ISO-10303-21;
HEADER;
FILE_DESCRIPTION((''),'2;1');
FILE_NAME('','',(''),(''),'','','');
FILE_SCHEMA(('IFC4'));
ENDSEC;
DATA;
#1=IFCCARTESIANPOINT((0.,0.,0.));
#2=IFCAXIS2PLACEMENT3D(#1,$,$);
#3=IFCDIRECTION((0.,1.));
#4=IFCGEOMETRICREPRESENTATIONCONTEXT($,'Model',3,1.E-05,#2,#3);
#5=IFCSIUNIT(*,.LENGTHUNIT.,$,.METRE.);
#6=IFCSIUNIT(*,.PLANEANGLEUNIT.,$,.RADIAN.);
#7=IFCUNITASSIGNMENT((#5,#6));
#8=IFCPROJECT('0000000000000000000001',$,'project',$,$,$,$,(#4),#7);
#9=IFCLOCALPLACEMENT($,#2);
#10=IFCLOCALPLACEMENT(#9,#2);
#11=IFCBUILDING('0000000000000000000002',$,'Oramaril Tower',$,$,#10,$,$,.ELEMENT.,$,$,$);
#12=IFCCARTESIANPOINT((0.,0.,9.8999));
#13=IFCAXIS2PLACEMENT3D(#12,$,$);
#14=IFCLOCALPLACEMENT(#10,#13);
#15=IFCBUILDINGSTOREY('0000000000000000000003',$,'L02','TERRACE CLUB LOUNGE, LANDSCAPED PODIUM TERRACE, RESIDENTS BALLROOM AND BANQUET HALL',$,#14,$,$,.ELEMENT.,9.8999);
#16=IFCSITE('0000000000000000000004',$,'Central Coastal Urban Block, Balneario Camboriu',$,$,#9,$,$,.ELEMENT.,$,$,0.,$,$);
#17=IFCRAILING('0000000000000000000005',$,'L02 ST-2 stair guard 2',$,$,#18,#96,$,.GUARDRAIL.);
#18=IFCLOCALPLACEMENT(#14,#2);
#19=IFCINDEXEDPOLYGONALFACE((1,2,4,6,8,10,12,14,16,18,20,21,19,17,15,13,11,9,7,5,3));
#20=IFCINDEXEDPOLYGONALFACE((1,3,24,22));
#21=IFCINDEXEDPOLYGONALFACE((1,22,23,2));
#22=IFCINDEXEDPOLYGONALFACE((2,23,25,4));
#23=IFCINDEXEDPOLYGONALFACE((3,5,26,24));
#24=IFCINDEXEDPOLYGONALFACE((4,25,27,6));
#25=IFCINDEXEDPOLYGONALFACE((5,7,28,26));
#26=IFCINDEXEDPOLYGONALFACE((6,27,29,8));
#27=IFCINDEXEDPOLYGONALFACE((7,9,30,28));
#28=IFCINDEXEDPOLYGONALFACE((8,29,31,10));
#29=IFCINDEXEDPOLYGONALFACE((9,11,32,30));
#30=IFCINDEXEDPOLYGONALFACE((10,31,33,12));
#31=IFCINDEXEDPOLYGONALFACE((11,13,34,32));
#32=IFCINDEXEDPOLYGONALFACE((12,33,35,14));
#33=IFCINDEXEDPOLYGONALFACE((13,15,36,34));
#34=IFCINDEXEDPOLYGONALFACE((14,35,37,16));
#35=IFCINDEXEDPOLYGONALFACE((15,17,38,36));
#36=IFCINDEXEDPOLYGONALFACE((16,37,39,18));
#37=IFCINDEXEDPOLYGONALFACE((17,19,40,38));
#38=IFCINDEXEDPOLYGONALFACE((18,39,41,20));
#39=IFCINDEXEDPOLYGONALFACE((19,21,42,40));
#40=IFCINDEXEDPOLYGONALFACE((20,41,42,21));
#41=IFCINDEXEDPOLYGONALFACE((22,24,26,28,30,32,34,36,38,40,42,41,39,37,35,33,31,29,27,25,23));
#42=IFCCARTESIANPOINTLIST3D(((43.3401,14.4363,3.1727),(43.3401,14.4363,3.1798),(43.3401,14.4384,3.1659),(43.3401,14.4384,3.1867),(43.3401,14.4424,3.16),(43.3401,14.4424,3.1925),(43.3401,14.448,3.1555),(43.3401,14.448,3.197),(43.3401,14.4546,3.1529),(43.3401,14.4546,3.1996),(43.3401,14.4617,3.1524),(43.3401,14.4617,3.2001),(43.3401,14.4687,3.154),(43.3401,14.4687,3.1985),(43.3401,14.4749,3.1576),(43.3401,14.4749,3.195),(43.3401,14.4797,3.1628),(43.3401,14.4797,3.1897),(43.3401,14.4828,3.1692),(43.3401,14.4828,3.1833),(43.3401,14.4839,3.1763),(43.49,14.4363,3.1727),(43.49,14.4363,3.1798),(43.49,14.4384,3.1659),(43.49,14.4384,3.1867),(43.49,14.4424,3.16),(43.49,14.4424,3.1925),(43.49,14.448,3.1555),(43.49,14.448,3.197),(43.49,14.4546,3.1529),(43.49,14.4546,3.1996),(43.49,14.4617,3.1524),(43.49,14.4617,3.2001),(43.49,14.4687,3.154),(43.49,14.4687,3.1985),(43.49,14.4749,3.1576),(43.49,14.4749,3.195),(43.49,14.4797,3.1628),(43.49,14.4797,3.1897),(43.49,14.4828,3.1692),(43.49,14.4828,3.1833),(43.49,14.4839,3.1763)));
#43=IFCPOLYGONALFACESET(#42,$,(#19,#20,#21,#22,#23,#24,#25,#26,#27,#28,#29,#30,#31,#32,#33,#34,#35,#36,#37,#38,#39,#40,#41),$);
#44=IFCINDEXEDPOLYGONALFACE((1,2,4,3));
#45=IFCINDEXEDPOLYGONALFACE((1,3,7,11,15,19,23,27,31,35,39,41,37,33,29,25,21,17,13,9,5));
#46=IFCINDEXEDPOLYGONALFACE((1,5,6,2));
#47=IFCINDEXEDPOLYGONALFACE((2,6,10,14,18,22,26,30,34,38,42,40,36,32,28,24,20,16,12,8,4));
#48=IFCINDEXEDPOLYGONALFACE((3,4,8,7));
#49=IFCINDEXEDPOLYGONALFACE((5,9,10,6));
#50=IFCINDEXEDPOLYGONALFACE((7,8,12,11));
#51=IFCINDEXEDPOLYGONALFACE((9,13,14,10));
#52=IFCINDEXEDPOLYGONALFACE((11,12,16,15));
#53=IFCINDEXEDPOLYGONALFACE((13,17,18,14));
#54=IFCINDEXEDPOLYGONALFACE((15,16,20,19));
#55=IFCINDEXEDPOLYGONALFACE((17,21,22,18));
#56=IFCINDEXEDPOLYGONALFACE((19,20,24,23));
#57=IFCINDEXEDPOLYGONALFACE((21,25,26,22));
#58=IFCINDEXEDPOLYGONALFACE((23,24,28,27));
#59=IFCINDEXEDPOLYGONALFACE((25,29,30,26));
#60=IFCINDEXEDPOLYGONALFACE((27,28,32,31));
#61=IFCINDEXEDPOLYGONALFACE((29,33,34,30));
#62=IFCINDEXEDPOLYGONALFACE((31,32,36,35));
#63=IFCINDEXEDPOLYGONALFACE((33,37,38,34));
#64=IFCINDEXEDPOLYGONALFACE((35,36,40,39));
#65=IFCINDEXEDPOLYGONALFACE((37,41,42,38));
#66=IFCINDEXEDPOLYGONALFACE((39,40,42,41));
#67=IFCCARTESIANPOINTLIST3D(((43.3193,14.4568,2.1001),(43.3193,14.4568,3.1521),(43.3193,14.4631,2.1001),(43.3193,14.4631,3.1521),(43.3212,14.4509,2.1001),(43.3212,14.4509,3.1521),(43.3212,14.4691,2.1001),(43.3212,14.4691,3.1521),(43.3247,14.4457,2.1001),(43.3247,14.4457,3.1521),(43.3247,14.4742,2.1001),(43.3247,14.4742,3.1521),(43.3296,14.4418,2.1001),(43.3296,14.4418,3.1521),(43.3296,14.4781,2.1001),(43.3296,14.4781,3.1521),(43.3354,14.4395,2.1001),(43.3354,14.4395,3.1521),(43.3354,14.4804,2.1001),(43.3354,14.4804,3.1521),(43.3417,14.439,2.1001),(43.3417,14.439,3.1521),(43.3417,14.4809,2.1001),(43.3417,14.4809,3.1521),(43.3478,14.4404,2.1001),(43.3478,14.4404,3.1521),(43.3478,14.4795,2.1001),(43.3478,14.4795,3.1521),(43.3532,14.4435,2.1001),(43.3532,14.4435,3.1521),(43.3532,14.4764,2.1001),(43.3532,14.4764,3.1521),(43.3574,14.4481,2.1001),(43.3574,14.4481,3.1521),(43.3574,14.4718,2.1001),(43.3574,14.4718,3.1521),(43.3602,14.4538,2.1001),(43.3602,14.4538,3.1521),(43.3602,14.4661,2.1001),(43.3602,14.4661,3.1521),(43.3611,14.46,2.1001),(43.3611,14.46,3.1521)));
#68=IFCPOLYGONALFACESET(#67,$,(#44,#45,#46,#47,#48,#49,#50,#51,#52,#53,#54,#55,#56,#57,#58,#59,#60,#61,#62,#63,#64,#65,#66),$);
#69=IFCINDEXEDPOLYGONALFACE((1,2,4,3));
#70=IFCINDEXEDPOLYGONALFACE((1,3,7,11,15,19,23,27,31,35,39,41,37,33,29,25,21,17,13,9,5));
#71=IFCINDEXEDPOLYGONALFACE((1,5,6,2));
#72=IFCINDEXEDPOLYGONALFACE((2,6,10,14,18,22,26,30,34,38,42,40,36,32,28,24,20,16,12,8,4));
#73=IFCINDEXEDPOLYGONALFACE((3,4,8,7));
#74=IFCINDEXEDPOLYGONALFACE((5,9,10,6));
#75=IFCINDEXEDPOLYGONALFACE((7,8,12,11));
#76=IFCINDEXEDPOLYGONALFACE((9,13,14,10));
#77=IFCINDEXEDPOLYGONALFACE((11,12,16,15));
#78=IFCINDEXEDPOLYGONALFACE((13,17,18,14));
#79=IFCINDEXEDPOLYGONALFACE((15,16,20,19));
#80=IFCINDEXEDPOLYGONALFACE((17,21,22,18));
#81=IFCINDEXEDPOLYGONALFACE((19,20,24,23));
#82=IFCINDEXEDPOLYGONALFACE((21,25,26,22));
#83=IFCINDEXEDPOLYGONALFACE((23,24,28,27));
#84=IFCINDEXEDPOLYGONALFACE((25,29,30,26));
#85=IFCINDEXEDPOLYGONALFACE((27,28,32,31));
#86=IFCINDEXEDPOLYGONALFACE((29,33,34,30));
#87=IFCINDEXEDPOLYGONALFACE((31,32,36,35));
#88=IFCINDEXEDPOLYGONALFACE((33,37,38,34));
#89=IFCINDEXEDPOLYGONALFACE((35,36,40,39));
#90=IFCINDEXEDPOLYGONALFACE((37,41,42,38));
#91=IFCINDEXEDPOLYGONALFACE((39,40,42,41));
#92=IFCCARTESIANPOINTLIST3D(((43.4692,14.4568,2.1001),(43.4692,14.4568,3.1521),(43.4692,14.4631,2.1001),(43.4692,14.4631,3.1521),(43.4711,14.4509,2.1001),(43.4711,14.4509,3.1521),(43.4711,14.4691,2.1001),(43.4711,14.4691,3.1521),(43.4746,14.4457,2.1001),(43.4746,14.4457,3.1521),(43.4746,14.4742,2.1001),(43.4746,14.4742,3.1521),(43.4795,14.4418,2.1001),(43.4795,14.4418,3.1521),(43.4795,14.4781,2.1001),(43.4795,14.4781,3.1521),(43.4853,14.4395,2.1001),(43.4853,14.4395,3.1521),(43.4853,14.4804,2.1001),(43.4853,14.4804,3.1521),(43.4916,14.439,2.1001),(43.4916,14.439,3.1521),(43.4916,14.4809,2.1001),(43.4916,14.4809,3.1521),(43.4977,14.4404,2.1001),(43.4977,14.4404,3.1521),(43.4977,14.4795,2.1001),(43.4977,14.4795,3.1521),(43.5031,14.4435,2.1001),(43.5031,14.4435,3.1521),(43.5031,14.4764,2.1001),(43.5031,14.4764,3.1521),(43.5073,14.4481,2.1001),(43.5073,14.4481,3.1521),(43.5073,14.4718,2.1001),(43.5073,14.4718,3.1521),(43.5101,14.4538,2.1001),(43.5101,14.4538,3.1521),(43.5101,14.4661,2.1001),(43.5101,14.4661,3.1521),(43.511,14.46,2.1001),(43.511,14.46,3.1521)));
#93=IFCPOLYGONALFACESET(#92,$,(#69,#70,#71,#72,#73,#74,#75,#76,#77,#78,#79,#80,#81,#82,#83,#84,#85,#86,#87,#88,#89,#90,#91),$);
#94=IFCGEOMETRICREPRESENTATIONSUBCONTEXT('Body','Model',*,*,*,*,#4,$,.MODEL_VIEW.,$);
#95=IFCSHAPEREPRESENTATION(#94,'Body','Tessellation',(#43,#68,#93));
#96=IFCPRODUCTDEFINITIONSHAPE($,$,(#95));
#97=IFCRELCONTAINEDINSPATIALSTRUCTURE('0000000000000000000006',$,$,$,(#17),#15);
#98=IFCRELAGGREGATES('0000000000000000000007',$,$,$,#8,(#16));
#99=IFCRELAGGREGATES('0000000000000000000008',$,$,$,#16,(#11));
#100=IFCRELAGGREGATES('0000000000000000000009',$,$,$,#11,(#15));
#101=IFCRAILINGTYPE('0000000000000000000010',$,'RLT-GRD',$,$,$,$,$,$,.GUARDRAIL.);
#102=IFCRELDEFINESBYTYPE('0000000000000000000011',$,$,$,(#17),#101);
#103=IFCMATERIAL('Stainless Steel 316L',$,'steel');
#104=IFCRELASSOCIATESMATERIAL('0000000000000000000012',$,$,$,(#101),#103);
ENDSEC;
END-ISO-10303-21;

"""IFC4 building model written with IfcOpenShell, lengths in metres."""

from ifc_helpers import new_model, si_unit, direction, frame, origin, origin_2d, place, context, subcontext, project, spatial, circle, extrude, material, type_object, element, save


model = new_model("IFC4")

# Units and contexts
model_context = context("Model", 3, precision=1e-05, world=origin(), true_north=direction((0.0, 1.0)))
body_context = subcontext(model_context, "Body", "Model", "MODEL_VIEW")
ifc_project = project(units=[si_unit("LENGTHUNIT", "METRE"), si_unit("PLANEANGLEUNIT", "RADIAN")], contexts=[model_context])

# Site, building, storey
site_placement = place(None, origin())
site = spatial("IfcSite", under=ifc_project, at=site_placement, Name="Central Coastal Urban Block, Balneario Camboriu", CompositionType="ELEMENT", RefElevation=0.0)
building_placement = place(site_placement, origin())
building = spatial("IfcBuilding", under=site, at=building_placement, Name="Oramaril Tower", CompositionType="ELEMENT")
storey_placement = place(building_placement, frame((0.0, 0.0, 9.8999)))
storey = spatial("IfcBuildingStorey", under=building, at=storey_placement, Name="L02", Description="TERRACE CLUB LOUNGE, LANDSCAPED PODIUM TERRACE, RESIDENTS BALLROOM AND BANQUET HALL", CompositionType="ELEMENT", Elevation=9.8999)

# Railing
ifc_material_1 = material(Name="Stainless Steel 316L", Category="steel")
railing_type_1 = type_object("IfcRailingType", Name="RLT-GRD", PredefinedType="GUARDRAIL", material=ifc_material_1)
railing_1_placement = place(storey_placement, frame((43.3401, 14.46, 2.1001)))
element("IfcRailing", 1, at=railing_1_placement, inside=storey, type_object=railing_type_1, Name="L02 ST-2 stair guard 2", PredefinedType="GUARDRAIL", context=body_context, shape_type="SweptSolid", body=[
    extrude(circle(Radius=0.0239, at=origin_2d()), frame((0.0, 0.0, 1.0762), z_axis=(1.0, 0.0, 0.0), x_axis=(0.0, 1.0, 0.0)), (0.0, 0.0, 1.0), 0.1499),
    extrude(circle(Radius=0.021, at=origin_2d()), origin(), (0.0, 0.0, 1.0), 1.052),
    extrude(circle(Radius=0.021, at=origin_2d()), frame((0.1499, 0.0, 0.0)), (0.0, 0.0, 1.0), 1.052),
])

save(model, "model.ifc")
